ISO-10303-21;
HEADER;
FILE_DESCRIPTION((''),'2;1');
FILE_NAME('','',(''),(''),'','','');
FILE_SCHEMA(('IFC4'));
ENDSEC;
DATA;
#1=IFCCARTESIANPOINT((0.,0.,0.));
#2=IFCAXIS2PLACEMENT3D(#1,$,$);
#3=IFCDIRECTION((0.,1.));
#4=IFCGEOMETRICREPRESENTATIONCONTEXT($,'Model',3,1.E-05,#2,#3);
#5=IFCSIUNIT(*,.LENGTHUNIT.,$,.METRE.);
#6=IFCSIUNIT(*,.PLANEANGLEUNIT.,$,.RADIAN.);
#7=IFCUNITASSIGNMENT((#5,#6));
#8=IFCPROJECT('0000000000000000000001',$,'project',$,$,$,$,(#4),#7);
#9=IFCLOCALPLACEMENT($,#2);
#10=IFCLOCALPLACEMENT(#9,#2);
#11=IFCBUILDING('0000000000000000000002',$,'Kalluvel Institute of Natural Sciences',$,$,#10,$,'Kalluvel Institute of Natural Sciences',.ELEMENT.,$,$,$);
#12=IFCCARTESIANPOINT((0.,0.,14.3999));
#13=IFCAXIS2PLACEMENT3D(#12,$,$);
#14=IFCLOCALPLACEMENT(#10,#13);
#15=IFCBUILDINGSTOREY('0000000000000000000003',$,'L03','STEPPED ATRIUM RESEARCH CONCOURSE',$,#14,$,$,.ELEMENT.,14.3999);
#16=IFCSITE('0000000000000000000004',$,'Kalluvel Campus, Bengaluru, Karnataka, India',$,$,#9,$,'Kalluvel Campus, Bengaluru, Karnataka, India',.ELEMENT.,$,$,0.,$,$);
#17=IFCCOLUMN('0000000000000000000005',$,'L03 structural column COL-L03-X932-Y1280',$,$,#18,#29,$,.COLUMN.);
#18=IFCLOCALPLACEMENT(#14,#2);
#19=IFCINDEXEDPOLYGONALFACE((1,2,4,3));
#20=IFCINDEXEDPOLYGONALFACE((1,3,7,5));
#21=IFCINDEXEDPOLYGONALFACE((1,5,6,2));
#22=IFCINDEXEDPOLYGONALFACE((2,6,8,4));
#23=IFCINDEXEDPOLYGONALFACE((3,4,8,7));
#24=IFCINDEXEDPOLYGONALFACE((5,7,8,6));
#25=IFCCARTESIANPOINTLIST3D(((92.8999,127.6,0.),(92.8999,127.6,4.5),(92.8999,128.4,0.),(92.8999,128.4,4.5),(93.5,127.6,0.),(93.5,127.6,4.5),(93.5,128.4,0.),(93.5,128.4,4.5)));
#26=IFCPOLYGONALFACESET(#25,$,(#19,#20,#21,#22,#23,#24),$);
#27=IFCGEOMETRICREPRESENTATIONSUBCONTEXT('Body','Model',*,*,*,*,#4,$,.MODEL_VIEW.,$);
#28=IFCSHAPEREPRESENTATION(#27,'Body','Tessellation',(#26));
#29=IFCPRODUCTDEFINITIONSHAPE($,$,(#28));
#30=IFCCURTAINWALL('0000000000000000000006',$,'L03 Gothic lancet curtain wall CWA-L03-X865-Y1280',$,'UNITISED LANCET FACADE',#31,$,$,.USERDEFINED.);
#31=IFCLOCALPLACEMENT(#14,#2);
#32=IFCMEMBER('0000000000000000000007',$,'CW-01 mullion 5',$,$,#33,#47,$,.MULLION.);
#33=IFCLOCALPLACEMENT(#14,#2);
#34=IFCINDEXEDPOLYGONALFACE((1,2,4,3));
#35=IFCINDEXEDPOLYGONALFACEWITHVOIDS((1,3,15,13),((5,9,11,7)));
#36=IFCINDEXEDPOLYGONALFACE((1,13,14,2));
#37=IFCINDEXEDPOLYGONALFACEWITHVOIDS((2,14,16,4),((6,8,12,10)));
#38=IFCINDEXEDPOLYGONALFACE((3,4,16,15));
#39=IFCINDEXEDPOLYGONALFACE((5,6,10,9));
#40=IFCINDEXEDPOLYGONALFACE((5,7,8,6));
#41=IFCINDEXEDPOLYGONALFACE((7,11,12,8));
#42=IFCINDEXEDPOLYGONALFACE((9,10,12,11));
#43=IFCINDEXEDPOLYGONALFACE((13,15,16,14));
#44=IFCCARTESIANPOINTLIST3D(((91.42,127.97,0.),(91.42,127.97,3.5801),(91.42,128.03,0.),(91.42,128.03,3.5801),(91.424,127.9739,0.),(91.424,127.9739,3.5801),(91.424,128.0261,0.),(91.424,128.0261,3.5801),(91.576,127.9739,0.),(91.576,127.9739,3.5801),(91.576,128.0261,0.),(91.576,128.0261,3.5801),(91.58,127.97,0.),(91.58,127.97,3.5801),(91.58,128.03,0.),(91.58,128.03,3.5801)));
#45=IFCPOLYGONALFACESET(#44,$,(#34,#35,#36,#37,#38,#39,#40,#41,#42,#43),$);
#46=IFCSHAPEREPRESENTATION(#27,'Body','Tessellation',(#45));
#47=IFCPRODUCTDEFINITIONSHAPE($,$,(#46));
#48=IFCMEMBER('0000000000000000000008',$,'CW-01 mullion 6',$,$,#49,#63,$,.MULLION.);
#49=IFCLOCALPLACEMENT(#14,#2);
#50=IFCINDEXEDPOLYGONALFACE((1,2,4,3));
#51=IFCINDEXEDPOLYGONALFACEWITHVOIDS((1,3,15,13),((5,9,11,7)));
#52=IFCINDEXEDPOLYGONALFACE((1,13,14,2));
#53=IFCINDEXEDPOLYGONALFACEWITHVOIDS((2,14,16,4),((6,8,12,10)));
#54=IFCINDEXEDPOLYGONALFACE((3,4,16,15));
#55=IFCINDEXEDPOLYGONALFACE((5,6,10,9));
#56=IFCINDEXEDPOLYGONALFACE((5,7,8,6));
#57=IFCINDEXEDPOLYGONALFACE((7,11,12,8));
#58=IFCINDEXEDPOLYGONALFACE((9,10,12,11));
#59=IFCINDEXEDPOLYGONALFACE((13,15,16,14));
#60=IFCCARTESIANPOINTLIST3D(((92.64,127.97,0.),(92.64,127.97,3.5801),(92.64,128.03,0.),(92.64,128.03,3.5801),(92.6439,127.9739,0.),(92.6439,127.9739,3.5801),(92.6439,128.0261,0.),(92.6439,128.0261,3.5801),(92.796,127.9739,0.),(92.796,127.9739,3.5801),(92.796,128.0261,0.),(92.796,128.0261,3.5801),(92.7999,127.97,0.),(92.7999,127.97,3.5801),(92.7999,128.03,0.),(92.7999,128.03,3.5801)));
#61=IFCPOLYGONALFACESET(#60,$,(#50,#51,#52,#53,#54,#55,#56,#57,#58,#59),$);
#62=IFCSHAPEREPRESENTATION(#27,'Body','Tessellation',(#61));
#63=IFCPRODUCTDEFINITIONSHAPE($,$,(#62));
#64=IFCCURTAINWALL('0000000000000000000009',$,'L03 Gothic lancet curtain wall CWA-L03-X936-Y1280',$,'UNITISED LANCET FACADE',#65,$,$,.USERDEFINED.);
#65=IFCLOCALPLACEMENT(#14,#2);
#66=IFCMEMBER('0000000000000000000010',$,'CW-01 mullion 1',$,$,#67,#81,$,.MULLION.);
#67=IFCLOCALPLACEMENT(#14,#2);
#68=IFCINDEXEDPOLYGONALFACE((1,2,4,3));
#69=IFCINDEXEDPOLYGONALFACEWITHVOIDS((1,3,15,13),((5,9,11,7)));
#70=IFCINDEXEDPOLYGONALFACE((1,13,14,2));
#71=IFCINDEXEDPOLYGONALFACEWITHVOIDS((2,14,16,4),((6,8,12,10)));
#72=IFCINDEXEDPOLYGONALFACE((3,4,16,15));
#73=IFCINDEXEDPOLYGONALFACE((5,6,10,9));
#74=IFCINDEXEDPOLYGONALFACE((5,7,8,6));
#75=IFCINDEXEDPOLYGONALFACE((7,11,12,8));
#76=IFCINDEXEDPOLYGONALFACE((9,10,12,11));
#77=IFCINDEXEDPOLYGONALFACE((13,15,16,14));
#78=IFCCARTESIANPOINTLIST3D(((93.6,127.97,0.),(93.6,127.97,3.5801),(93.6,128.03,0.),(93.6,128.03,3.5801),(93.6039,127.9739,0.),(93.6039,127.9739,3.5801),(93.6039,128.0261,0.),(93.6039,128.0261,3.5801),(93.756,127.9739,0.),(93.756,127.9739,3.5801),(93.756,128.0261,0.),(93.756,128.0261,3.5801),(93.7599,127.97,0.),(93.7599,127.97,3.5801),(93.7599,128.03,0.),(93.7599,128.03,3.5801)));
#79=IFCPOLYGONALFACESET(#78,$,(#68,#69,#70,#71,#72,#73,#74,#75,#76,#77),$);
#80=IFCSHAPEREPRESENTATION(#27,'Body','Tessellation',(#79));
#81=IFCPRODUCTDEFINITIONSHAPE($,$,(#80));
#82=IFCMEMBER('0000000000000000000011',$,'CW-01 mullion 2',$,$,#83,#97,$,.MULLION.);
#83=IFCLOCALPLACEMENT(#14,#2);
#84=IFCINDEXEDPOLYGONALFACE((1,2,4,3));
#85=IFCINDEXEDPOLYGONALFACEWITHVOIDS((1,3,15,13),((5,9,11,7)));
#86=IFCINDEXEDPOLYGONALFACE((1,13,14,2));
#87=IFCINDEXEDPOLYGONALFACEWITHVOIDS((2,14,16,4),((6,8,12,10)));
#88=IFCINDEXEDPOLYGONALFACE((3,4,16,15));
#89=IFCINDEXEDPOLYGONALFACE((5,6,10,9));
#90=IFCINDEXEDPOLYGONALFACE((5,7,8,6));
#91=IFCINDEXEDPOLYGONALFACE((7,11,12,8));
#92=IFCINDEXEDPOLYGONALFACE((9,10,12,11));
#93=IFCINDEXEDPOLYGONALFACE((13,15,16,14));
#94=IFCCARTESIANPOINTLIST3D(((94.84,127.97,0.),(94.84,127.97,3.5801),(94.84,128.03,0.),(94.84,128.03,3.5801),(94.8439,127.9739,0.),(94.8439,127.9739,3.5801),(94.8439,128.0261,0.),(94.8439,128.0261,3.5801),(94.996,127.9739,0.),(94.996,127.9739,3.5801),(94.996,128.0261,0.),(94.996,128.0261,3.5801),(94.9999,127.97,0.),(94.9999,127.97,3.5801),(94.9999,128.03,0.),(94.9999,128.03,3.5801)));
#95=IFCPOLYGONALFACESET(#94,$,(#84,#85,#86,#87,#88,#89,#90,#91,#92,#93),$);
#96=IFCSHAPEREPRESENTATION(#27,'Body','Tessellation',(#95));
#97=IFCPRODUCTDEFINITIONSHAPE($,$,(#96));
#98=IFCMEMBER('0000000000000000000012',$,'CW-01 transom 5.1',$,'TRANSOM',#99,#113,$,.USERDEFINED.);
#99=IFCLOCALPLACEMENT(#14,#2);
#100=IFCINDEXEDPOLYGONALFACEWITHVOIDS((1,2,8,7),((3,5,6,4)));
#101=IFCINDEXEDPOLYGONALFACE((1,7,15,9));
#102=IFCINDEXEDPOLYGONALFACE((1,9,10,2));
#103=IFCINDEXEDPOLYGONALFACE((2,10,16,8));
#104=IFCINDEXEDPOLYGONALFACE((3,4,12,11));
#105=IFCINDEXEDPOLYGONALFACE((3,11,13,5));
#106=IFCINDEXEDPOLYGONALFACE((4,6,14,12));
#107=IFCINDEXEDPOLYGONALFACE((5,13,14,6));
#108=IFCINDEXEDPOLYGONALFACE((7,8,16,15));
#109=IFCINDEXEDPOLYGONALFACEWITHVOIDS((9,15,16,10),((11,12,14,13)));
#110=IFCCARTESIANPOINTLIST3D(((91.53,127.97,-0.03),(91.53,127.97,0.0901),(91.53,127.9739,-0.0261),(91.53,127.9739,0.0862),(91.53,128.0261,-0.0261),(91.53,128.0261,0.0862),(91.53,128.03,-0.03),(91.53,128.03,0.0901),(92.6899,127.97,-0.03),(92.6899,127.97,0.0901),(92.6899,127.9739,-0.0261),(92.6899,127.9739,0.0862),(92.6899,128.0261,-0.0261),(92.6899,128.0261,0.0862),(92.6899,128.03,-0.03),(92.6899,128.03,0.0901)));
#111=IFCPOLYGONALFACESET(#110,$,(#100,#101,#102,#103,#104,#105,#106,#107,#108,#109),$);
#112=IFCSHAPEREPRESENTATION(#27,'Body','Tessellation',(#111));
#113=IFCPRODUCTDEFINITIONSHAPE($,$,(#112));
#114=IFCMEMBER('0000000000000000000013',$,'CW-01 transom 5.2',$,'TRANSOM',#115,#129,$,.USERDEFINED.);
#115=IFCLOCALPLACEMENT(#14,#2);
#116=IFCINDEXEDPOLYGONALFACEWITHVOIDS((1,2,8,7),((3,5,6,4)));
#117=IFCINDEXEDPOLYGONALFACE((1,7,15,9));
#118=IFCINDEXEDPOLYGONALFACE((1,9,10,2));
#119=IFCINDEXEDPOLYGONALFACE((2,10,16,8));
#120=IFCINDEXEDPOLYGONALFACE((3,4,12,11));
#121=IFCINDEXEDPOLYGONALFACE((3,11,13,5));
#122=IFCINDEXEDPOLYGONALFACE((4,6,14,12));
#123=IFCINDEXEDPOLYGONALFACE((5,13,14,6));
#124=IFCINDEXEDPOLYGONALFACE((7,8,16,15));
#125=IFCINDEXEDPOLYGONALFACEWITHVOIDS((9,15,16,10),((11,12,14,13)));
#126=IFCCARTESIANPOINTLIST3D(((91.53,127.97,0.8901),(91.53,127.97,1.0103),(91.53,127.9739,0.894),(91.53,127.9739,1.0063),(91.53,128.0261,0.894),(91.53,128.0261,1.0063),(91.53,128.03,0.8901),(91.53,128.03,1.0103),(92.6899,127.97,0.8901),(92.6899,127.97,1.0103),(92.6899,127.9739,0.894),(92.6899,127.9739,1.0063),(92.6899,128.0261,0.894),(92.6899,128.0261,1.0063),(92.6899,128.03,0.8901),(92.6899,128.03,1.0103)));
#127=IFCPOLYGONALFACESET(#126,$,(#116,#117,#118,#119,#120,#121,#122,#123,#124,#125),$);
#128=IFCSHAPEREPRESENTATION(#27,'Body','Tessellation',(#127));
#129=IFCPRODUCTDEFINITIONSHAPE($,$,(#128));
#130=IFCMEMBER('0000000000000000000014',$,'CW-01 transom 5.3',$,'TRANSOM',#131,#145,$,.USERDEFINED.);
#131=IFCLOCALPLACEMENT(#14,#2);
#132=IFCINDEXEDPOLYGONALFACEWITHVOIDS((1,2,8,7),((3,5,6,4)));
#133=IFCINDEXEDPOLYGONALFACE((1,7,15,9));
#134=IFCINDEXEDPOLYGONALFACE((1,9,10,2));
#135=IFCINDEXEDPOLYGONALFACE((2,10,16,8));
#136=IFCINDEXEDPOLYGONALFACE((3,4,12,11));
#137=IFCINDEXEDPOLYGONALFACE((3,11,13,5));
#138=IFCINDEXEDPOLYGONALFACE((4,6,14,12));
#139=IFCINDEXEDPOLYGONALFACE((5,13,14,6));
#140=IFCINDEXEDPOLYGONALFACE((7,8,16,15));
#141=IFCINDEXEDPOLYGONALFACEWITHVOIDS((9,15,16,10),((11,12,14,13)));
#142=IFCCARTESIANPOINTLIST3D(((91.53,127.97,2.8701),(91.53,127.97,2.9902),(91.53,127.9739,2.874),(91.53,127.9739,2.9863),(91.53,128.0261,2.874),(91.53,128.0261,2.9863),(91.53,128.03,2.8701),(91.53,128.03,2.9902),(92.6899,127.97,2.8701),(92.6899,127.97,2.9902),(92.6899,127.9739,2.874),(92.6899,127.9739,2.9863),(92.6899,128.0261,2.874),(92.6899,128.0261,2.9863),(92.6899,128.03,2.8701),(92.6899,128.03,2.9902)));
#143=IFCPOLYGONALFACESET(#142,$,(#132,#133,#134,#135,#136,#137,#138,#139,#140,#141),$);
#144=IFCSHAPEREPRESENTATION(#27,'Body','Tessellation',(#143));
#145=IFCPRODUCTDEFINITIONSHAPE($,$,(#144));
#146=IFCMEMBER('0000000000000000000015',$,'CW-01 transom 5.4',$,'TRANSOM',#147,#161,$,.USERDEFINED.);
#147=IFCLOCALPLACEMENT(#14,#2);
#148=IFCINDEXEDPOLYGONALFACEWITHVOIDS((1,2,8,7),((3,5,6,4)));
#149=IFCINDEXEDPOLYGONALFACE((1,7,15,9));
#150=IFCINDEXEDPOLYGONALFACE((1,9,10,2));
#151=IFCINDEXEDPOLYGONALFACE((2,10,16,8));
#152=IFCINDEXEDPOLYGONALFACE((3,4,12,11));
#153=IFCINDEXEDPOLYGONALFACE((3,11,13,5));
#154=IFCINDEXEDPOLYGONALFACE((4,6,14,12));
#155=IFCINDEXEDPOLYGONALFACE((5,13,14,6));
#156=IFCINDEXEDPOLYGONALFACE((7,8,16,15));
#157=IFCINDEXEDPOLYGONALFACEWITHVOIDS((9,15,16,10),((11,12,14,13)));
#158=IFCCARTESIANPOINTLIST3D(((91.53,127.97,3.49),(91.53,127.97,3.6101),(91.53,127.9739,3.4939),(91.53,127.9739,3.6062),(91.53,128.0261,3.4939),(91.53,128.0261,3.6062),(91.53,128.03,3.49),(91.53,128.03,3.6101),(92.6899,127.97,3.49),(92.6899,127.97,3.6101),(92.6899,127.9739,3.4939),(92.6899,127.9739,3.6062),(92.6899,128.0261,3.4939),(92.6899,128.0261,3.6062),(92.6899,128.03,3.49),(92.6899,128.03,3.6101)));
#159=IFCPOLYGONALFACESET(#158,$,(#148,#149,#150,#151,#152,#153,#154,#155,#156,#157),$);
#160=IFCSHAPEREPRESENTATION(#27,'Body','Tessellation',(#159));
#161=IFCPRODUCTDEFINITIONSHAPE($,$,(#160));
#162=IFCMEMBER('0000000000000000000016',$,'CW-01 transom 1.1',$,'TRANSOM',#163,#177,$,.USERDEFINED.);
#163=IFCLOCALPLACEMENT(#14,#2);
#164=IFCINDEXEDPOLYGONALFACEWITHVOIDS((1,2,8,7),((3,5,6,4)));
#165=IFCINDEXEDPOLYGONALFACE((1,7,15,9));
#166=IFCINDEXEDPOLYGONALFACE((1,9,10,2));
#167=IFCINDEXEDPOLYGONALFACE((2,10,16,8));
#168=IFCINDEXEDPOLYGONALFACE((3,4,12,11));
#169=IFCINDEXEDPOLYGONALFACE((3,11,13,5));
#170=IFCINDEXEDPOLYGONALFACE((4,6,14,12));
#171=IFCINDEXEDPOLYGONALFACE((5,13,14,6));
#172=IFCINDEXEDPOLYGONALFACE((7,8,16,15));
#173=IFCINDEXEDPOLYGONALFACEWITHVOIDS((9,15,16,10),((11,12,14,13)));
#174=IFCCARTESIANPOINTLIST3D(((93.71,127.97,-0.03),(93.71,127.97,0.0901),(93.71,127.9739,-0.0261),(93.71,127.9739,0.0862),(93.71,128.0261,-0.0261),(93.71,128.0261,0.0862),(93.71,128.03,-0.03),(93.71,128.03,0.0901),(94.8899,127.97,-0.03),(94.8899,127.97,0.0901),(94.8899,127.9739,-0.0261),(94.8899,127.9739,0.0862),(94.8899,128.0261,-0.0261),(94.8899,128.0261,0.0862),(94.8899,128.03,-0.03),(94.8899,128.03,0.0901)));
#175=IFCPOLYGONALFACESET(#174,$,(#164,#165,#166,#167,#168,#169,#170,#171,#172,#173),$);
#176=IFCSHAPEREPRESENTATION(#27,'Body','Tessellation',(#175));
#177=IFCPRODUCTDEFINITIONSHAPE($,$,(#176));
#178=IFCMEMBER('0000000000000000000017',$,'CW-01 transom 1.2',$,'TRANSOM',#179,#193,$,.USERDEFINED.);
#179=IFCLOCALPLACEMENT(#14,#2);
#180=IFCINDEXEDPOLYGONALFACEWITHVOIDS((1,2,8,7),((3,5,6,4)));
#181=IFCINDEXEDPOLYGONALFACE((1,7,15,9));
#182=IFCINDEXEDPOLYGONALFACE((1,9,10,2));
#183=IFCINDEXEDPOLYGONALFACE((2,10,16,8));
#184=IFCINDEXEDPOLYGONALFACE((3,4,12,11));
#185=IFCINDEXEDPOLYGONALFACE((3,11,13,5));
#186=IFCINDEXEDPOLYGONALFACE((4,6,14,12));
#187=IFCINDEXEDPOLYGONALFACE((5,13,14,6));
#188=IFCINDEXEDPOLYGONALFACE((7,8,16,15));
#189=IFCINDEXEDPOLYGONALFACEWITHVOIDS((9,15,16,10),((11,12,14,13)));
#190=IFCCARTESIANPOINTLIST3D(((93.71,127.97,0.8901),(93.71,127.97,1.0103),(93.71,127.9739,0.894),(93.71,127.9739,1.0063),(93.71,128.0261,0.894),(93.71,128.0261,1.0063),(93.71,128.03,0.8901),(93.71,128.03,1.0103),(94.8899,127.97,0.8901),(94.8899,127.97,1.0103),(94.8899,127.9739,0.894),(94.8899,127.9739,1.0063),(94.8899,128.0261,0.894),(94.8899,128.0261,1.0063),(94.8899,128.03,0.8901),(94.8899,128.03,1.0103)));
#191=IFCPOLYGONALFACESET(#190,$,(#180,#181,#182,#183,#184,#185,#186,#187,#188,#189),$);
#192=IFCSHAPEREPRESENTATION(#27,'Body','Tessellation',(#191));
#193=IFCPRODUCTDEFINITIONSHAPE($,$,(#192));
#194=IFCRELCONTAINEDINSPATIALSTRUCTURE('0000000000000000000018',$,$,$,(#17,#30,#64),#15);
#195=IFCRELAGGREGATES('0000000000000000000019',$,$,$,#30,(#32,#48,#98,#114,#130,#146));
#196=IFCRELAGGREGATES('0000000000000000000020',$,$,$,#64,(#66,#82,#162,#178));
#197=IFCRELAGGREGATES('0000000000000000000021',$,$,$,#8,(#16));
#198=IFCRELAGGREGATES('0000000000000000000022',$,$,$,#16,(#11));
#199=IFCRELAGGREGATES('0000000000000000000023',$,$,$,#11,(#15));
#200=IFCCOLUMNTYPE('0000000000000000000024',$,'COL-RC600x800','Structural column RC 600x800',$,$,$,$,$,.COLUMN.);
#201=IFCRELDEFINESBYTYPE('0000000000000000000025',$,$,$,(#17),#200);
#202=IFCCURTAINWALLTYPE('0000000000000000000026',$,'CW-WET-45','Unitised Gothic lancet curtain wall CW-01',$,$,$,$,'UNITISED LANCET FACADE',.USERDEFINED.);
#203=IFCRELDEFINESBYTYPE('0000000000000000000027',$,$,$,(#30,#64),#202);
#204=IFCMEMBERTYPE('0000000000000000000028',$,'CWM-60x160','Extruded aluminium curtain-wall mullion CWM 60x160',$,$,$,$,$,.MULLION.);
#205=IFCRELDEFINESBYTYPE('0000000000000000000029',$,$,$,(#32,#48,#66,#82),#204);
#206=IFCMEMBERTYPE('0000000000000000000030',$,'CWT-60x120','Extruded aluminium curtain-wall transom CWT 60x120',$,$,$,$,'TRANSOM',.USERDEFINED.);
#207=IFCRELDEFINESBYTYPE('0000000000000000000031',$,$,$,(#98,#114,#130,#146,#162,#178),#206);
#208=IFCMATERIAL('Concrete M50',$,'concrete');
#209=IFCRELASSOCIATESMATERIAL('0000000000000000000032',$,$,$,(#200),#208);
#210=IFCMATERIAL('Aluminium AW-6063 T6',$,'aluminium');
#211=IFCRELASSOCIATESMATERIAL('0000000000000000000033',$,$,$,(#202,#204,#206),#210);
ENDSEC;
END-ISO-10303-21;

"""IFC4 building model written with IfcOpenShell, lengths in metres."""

from ifc_helpers import new_model, si_unit, direction, frame, origin, origin_2d, place, context, subcontext, project, spatial, rectangle, hollow_rectangle, extrude, material, material_profile, profile_set, type_object, element, aggregate, save


model = new_model("IFC4")

# Units and contexts
model_context = context("Model", 3, precision=1e-05, world=origin(), true_north=direction((0.0, 1.0)))
body_context = subcontext(model_context, "Body", "Model", "MODEL_VIEW")
ifc_project = project(units=[si_unit("LENGTHUNIT", "METRE"), si_unit("PLANEANGLEUNIT", "RADIAN")], contexts=[model_context])

# Site, building, storey
site_placement = place(None, origin())
site = spatial("IfcSite", under=ifc_project, at=site_placement, Name="Kalluvel Campus, Bengaluru, Karnataka, India", LongName="Kalluvel Campus, Bengaluru, Karnataka, India", CompositionType="ELEMENT", RefElevation=0.0)
building_placement = place(site_placement, origin())
building = spatial("IfcBuilding", under=site, at=building_placement, Name="Kalluvel Institute of Natural Sciences", LongName="Kalluvel Institute of Natural Sciences", CompositionType="ELEMENT")
storey_placement = place(building_placement, frame((0.0, 0.0, 14.3999)))
storey = spatial("IfcBuildingStorey", under=building, at=storey_placement, Name="L03", Description="STEPPED ATRIUM RESEARCH CONCOURSE", CompositionType="ELEMENT", Elevation=14.3999)

# Column
ifc_material_1 = material(Name="Concrete M50", Category="concrete")
ifc_material_profile_1 = material_profile(ifc_material_1, rectangle(XDim=0.6001, YDim=0.8, at=origin_2d()), Name="RC 600x800")
ifc_profile_set_1 = profile_set([ifc_material_profile_1], Name="Concrete M50")
column_type = type_object("IfcColumnType", Name="COL-RC600x800", Description="Structural column RC 600x800", PredefinedType="COLUMN", material=ifc_profile_set_1)
column_placement = place(storey_placement, frame((93.2, 128.0, 0.0), z_axis=(0.0, 0.0, 1.0), x_axis=(1.0, 0.0, 0.0)))
element("IfcColumn", 1, at=column_placement, inside=storey, type_object=column_type, Name="L03 structural column COL-L03-X932-Y1280", PredefinedType="COLUMN", context=body_context, shape_type="SweptSolid", body=[
    extrude(rectangle(XDim=0.6001, YDim=0.8, at=origin_2d()), origin(), (0.0, 0.0, 1.0), 4.5),
])

# Curtain walls, members
ifc_material_2 = material(Name="Aluminium AW-6063 T6", Category="aluminium")
curtain_wall_type = type_object("IfcCurtainWallType", Name="CW-WET-45", Description="Unitised Gothic lancet curtain wall CW-01", ElementType="UNITISED LANCET FACADE", PredefinedType="USERDEFINED", material=ifc_material_2)
curtain_wall_1_placement = place(storey_placement, origin())
curtain_wall_1 = element("IfcCurtainWall", 2, at=curtain_wall_1_placement, inside=storey, type_object=curtain_wall_type, Name="L03 Gothic lancet curtain wall CWA-L03-X865-Y1280", ObjectType="UNITISED LANCET FACADE", PredefinedType="USERDEFINED")
ifc_material_profile_2 = material_profile(ifc_material_2, hollow_rectangle(XDim=0.0601, YDim=0.1599, WallThickness=0.0039, at=origin_2d()), Name="CWM 60x160")
ifc_profile_set_2 = profile_set([ifc_material_profile_2], Name="Aluminium AW-6063 T6")
member_type_1 = type_object("IfcMemberType", Name="CWM-60x160", Description="Extruded aluminium curtain-wall mullion CWM 60x160", PredefinedType="MULLION", material=ifc_profile_set_2)
member_1_placement = place(storey_placement, frame((91.5, 128.0, 0.0), z_axis=(0.0, 0.0, 1.0), x_axis=(0.0, 1.0, 0.0)))
member_1 = element("IfcMember", 3, at=member_1_placement, type_object=member_type_1, Name="CW-01 mullion 5", PredefinedType="MULLION", context=body_context, shape_type="SweptSolid", body=[
    extrude(hollow_rectangle(XDim=0.0601, YDim=0.1599, WallThickness=0.0039, at=origin_2d()), origin(), (0.0, 0.0, 1.0), 3.5801),
])
member_2_placement = place(storey_placement, frame((92.72, 128.0, 0.0), z_axis=(0.0, 0.0, 1.0), x_axis=(0.0, 1.0, 0.0)))
member_2 = element("IfcMember", 4, at=member_2_placement, type_object=member_type_1, Name="CW-01 mullion 6", PredefinedType="MULLION", context=body_context, shape_type="SweptSolid", body=[
    extrude(hollow_rectangle(XDim=0.0601, YDim=0.1599, WallThickness=0.0039, at=origin_2d()), origin(), (0.0, 0.0, 1.0), 3.5801),
])
curtain_wall_2_placement = place(storey_placement, origin())
curtain_wall_2 = element("IfcCurtainWall", 5, at=curtain_wall_2_placement, inside=storey, type_object=curtain_wall_type, Name="L03 Gothic lancet curtain wall CWA-L03-X936-Y1280", ObjectType="UNITISED LANCET FACADE", PredefinedType="USERDEFINED")
member_3_placement = place(storey_placement, frame((93.6799, 128.0, 0.0), z_axis=(0.0, 0.0, 1.0), x_axis=(0.0, 1.0, 0.0)))
member_3 = element("IfcMember", 6, at=member_3_placement, type_object=member_type_1, Name="CW-01 mullion 1", PredefinedType="MULLION", context=body_context, shape_type="SweptSolid", body=[
    extrude(hollow_rectangle(XDim=0.0601, YDim=0.1599, WallThickness=0.0039, at=origin_2d()), origin(), (0.0, 0.0, 1.0), 3.5801),
])
member_4_placement = place(storey_placement, frame((94.9199, 128.0, 0.0), z_axis=(0.0, 0.0, 1.0), x_axis=(0.0, 1.0, 0.0)))
member_4 = element("IfcMember", 7, at=member_4_placement, type_object=member_type_1, Name="CW-01 mullion 2", PredefinedType="MULLION", context=body_context, shape_type="SweptSolid", body=[
    extrude(hollow_rectangle(XDim=0.0601, YDim=0.1599, WallThickness=0.0039, at=origin_2d()), origin(), (0.0, 0.0, 1.0), 3.5801),
])

# Members
ifc_material_profile_3 = material_profile(ifc_material_2, hollow_rectangle(XDim=0.0601, YDim=0.1201, WallThickness=0.0039, at=origin_2d()), Name="CWT 60x120")
ifc_profile_set_3 = profile_set([ifc_material_profile_3], Name="Aluminium AW-6063 T6")
member_type_2 = type_object("IfcMemberType", Name="CWT-60x120", Description="Extruded aluminium curtain-wall transom CWT 60x120", ElementType="TRANSOM", PredefinedType="USERDEFINED", material=ifc_profile_set_3)
member_5_placement = place(storey_placement, frame((91.53, 128.0, 0.03), z_axis=(1.0, 0.0, 0.0), x_axis=(0.0, 1.0, 0.0)))
member_5 = element("IfcMember", 8, at=member_5_placement, type_object=member_type_2, Name="CW-01 transom 5.1", ObjectType="TRANSOM", PredefinedType="USERDEFINED", context=body_context, shape_type="SweptSolid", body=[
    extrude(hollow_rectangle(XDim=0.0601, YDim=0.1201, WallThickness=0.0039, at=origin_2d()), origin(), (0.0, 0.0, 1.0), 1.1599),
])
member_6_placement = place(storey_placement, frame((91.53, 128.0, 0.9502), z_axis=(1.0, 0.0, 0.0), x_axis=(0.0, 1.0, 0.0)))
member_6 = element("IfcMember", 9, at=member_6_placement, type_object=member_type_2, Name="CW-01 transom 5.2", ObjectType="TRANSOM", PredefinedType="USERDEFINED", context=body_context, shape_type="SweptSolid", body=[
    extrude(hollow_rectangle(XDim=0.0601, YDim=0.1201, WallThickness=0.0039, at=origin_2d()), origin(), (0.0, 0.0, 1.0), 1.1599),
])
member_7_placement = place(storey_placement, frame((91.53, 128.0, 2.9302), z_axis=(1.0, 0.0, 0.0), x_axis=(0.0, 1.0, 0.0)))
member_7 = element("IfcMember", 10, at=member_7_placement, type_object=member_type_2, Name="CW-01 transom 5.3", ObjectType="TRANSOM", PredefinedType="USERDEFINED", context=body_context, shape_type="SweptSolid", body=[
    extrude(hollow_rectangle(XDim=0.0601, YDim=0.1201, WallThickness=0.0039, at=origin_2d()), origin(), (0.0, 0.0, 1.0), 1.1599),
])
member_8_placement = place(storey_placement, frame((91.53, 128.0, 3.55), z_axis=(1.0, 0.0, 0.0), x_axis=(0.0, 1.0, 0.0)))
member_8 = element("IfcMember", 11, at=member_8_placement, type_object=member_type_2, Name="CW-01 transom 5.4", ObjectType="TRANSOM", PredefinedType="USERDEFINED", context=body_context, shape_type="SweptSolid", body=[
    extrude(hollow_rectangle(XDim=0.0601, YDim=0.1201, WallThickness=0.0039, at=origin_2d()), origin(), (0.0, 0.0, 1.0), 1.1599),
])
member_9_placement = place(storey_placement, frame((93.71, 128.0, 0.03), z_axis=(1.0, 0.0, 0.0), x_axis=(0.0, 1.0, 0.0)))
member_9 = element("IfcMember", 12, at=member_9_placement, type_object=member_type_2, Name="CW-01 transom 1.1", ObjectType="TRANSOM", PredefinedType="USERDEFINED", context=body_context, shape_type="SweptSolid", body=[
    extrude(hollow_rectangle(XDim=0.0601, YDim=0.1201, WallThickness=0.0039, at=origin_2d()), origin(), (0.0, 0.0, 1.0), 1.1799),
])
member_10_placement = place(storey_placement, frame((93.71, 128.0, 0.9502), z_axis=(1.0, 0.0, 0.0), x_axis=(0.0, 1.0, 0.0)))
member_10 = element("IfcMember", 13, at=member_10_placement, type_object=member_type_2, Name="CW-01 transom 1.2", ObjectType="TRANSOM", PredefinedType="USERDEFINED", context=body_context, shape_type="SweptSolid", body=[
    extrude(hollow_rectangle(XDim=0.0601, YDim=0.1201, WallThickness=0.0039, at=origin_2d()), origin(), (0.0, 0.0, 1.0), 1.1799),
])

aggregate(curtain_wall_1, [member_1, member_2, member_5, member_6, member_7, member_8])
aggregate(curtain_wall_2, [member_3, member_4, member_9, member_10])

save(model, "model.ifc")
